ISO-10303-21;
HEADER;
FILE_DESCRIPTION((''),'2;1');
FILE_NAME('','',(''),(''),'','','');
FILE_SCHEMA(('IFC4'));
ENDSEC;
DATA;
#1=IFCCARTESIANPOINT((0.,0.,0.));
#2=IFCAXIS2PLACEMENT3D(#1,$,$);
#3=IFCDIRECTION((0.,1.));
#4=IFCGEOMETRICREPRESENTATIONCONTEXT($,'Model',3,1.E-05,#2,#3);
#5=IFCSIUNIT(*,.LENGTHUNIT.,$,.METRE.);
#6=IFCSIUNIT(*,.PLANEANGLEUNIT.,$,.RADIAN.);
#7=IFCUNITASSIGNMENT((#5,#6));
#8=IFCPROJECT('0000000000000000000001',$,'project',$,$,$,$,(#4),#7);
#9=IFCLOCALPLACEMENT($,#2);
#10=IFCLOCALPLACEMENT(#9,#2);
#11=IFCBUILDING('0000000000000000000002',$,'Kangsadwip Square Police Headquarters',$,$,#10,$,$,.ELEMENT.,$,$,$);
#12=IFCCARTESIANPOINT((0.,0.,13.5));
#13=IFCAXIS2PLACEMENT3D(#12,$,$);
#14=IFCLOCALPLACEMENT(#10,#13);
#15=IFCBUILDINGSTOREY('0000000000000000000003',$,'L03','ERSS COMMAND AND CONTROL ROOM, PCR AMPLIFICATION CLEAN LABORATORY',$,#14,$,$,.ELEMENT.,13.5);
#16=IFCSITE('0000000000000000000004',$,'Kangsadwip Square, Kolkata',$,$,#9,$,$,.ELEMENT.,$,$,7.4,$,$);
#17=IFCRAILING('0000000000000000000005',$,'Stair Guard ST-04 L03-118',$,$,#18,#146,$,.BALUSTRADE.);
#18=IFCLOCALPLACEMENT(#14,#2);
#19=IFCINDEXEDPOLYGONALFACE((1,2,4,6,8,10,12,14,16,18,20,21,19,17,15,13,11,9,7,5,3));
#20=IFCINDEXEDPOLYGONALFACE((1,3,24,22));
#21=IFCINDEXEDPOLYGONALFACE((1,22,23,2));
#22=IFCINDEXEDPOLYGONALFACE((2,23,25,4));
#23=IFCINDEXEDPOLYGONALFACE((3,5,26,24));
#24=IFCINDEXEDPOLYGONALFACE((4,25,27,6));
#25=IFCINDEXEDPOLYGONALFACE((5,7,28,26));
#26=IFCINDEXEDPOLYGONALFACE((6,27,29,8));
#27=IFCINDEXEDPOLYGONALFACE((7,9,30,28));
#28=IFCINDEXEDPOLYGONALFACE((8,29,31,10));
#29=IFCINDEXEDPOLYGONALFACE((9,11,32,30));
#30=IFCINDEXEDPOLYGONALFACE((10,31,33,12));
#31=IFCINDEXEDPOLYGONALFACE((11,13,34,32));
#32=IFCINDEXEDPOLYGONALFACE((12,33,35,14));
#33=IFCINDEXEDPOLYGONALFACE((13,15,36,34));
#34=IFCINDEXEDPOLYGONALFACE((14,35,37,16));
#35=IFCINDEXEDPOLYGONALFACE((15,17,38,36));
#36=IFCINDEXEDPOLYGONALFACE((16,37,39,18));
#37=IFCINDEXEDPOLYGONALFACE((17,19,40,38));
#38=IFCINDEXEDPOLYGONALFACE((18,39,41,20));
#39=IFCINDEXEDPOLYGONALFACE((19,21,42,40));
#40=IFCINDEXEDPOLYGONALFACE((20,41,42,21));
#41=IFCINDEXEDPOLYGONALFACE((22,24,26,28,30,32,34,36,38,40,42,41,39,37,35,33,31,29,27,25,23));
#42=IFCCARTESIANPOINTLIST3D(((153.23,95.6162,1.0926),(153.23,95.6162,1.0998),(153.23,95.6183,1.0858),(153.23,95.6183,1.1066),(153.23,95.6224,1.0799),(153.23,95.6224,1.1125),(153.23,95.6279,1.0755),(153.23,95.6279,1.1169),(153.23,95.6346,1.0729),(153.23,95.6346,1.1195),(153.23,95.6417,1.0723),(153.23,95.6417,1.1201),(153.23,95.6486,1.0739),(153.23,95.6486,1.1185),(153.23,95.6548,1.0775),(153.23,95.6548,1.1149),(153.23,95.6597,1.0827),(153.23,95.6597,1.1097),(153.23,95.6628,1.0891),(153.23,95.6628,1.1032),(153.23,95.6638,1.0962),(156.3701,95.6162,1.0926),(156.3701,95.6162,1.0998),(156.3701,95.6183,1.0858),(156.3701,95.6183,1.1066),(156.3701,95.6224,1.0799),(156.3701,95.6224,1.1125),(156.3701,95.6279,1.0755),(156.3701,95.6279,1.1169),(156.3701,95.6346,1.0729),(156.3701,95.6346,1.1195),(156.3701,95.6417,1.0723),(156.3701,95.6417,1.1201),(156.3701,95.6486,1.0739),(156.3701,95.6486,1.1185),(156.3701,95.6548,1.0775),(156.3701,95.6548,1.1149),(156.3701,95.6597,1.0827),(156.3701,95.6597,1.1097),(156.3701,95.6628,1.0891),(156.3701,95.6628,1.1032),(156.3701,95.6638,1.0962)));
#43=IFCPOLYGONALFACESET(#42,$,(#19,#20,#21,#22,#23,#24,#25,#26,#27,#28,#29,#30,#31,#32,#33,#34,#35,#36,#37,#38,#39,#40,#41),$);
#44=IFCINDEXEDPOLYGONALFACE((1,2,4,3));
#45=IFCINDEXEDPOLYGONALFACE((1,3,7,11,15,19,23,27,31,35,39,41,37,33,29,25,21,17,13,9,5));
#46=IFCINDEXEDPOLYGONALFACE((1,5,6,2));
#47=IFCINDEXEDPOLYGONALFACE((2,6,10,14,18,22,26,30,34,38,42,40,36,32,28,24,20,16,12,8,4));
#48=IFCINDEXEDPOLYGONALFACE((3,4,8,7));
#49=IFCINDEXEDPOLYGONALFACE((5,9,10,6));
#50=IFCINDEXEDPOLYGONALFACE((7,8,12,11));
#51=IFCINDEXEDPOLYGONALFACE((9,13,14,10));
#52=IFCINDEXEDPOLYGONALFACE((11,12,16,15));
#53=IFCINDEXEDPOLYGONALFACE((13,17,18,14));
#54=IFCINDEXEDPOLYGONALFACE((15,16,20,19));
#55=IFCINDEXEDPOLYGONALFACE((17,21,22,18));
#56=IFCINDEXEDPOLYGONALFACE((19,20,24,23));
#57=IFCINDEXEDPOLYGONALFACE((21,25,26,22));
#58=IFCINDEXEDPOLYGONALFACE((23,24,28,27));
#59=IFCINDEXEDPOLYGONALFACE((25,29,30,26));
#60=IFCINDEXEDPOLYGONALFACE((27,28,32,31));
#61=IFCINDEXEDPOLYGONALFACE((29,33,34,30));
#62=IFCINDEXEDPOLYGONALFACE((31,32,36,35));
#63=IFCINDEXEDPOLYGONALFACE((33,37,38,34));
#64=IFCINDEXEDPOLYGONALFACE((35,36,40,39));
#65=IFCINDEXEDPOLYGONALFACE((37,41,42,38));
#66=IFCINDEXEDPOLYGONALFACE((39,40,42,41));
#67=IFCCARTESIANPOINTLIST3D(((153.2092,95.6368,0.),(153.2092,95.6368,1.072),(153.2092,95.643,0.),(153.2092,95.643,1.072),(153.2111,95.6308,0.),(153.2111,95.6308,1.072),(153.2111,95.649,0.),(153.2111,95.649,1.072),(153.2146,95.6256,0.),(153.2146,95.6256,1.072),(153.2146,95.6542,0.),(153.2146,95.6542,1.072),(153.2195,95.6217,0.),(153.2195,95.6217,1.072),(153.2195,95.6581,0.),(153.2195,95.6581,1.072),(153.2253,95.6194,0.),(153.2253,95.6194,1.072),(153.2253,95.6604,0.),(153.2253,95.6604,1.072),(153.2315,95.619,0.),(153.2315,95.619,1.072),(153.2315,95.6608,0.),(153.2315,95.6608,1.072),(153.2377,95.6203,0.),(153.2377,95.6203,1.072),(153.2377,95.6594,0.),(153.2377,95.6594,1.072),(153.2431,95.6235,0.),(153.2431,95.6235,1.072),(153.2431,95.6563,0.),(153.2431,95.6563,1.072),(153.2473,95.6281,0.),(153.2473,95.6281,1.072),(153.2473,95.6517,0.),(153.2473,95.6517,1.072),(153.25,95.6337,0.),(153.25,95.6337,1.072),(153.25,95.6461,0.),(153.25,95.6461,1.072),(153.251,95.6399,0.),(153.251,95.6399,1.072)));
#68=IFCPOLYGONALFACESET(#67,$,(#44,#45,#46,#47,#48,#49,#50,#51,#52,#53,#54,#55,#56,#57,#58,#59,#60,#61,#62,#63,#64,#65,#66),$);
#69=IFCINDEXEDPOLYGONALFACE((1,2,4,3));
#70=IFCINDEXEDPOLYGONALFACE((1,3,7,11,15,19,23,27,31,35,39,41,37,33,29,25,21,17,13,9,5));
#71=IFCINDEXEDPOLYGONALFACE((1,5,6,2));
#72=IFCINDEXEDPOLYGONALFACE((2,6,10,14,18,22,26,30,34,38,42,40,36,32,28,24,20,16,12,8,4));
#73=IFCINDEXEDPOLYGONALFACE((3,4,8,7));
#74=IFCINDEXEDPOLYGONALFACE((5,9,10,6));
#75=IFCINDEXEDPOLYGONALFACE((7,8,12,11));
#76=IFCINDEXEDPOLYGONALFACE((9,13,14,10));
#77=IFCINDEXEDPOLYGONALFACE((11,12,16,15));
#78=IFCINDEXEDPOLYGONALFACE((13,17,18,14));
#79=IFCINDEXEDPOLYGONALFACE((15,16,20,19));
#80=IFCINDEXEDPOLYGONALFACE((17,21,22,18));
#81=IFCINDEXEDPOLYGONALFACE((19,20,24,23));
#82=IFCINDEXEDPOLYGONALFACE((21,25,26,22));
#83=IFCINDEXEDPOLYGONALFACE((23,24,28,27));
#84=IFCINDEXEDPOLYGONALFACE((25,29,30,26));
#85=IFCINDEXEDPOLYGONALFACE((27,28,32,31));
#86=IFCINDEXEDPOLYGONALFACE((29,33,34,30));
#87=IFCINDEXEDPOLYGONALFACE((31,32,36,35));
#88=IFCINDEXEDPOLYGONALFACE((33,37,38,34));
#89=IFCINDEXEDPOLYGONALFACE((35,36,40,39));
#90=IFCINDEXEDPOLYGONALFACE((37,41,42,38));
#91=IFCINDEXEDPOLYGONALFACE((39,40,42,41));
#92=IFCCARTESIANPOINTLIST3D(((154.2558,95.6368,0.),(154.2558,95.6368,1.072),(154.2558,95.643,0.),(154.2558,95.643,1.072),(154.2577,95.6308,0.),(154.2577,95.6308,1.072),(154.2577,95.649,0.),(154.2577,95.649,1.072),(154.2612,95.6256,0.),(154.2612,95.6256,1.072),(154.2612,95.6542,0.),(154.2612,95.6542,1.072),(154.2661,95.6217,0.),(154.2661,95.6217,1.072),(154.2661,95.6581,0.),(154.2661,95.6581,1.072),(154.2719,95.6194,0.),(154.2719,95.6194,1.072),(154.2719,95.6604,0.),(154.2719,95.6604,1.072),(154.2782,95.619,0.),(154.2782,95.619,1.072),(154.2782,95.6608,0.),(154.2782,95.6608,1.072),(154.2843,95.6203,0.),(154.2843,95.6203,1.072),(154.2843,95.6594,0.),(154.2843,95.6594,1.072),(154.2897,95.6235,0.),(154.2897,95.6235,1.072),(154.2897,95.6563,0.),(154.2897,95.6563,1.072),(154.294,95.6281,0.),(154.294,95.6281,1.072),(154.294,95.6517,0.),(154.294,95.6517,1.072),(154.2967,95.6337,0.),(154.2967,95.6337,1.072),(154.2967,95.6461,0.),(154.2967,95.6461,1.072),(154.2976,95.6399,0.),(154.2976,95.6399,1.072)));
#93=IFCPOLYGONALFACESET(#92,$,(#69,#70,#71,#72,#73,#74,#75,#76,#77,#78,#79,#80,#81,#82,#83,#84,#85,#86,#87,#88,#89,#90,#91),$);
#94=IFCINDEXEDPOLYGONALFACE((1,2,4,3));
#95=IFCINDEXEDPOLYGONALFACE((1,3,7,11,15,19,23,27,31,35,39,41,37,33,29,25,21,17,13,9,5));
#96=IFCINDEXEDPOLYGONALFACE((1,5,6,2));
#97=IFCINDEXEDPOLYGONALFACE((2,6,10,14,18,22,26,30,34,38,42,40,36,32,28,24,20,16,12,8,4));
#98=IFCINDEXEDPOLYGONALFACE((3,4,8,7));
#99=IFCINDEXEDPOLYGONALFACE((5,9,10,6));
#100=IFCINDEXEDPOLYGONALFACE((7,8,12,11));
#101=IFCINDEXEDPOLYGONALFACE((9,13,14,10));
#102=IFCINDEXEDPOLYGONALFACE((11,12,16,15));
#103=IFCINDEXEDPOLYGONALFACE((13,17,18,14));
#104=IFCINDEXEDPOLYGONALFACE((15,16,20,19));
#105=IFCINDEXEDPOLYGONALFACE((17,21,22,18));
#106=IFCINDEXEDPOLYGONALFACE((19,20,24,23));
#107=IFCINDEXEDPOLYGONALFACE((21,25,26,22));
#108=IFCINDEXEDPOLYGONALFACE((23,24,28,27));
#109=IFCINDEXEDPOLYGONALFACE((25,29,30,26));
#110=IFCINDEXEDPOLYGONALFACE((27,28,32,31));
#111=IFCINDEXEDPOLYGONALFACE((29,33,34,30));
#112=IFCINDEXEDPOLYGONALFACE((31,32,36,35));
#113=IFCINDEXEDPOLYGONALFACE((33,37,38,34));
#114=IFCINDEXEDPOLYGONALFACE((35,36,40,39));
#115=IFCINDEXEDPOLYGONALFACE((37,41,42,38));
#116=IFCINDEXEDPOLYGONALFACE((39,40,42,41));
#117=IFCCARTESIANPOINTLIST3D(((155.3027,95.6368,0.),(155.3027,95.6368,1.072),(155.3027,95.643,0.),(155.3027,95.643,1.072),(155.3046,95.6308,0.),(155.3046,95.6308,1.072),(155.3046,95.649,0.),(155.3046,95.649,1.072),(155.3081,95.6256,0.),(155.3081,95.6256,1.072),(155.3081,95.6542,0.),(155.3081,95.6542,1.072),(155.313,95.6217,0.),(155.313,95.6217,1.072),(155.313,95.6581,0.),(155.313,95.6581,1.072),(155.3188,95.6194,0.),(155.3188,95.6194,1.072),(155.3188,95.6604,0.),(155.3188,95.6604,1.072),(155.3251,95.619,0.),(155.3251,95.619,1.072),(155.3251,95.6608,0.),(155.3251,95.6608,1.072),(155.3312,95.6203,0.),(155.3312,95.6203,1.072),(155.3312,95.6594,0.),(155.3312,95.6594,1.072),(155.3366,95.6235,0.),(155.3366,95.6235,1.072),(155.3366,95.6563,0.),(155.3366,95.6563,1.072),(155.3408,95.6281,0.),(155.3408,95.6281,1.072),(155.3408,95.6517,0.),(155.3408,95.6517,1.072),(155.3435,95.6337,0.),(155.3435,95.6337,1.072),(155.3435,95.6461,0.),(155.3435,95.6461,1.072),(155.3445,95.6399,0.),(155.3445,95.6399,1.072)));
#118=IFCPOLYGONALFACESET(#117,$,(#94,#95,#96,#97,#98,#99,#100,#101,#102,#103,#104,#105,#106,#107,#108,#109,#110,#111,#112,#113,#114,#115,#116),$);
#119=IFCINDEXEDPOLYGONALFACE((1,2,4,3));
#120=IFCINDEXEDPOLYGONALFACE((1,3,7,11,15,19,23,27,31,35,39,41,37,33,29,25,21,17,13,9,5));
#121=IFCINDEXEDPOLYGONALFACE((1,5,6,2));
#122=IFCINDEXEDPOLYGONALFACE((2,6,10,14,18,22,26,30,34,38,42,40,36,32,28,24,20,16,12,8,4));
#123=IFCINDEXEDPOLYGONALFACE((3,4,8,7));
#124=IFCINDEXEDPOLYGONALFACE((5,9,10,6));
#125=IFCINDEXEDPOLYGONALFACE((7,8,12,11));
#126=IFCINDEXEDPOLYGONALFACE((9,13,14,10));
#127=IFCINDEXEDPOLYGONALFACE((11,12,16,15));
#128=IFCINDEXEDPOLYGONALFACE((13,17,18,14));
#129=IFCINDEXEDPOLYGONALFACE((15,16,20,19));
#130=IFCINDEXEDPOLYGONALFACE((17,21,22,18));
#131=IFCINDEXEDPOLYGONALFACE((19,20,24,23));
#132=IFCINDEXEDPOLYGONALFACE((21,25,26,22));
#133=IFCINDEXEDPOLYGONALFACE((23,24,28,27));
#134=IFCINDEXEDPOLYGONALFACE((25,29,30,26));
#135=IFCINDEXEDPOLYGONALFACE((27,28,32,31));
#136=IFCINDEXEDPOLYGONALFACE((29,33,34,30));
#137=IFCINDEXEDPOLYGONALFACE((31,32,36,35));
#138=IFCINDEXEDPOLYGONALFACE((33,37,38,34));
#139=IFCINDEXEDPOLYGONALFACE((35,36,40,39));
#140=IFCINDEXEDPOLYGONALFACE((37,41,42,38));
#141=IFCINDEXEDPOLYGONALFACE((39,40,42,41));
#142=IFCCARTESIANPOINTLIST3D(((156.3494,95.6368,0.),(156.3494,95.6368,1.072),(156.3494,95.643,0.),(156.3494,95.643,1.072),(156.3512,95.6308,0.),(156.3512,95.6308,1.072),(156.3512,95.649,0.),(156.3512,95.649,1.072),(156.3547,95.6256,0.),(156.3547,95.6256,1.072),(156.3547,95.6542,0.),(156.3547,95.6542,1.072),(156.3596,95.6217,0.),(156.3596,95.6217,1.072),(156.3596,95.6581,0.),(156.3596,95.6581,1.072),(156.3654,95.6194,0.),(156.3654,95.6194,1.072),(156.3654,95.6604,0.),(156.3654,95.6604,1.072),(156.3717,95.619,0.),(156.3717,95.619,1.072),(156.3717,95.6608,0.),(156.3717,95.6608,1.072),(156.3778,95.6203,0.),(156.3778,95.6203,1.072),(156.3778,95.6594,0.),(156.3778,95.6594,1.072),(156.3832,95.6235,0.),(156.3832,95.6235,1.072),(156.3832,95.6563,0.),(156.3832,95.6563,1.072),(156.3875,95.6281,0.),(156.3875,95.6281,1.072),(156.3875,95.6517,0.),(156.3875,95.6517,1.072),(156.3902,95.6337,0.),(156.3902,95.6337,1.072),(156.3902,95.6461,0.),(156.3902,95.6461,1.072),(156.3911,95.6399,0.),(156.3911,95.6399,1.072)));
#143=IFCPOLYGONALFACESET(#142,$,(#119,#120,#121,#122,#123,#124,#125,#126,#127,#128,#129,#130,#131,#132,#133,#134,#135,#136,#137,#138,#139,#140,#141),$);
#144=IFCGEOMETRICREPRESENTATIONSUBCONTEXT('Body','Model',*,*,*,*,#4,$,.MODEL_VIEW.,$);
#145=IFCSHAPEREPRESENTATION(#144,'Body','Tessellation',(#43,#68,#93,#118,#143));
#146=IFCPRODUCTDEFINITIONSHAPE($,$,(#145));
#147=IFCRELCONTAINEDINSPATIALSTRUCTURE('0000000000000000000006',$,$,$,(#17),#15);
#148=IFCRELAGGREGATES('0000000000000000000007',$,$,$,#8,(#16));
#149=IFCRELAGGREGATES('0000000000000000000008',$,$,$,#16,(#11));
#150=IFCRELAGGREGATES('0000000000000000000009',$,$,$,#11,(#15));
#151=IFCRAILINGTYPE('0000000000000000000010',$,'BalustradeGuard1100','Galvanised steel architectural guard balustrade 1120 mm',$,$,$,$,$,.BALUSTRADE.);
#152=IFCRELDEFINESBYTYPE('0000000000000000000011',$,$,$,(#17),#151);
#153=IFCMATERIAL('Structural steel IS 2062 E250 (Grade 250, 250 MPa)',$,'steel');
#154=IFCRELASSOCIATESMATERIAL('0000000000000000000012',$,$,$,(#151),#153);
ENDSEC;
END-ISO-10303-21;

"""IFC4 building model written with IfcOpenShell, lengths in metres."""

from ifc_helpers import new_model, si_unit, direction, frame, origin, origin_2d, place, context, subcontext, project, spatial, circle, extrude, material, type_object, element, save


model = new_model("IFC4")

# Units and contexts
model_context = context("Model", 3, precision=1e-05, world=origin(), true_north=direction((0.0, 1.0)))
body_context = subcontext(model_context, "Body", "Model", "MODEL_VIEW")
ifc_project = project(units=[si_unit("LENGTHUNIT", "METRE"), si_unit("PLANEANGLEUNIT", "RADIAN")], contexts=[model_context])

# Site, building, storey
site_placement = place(None, origin())
site = spatial("IfcSite", under=ifc_project, at=site_placement, Name="Kangsadwip Square, Kolkata", CompositionType="ELEMENT", RefElevation=7.4)
building_placement = place(site_placement, origin())
building = spatial("IfcBuilding", under=site, at=building_placement, Name="Kangsadwip Square Police Headquarters", CompositionType="ELEMENT")
storey_placement = place(building_placement, frame((0.0, 0.0, 13.5)))
storey = spatial("IfcBuildingStorey", under=building, at=storey_placement, Name="L03", Description="ERSS COMMAND AND CONTROL ROOM, PCR AMPLIFICATION CLEAN LABORATORY", CompositionType="ELEMENT", Elevation=13.5)

# Railing
ifc_material_1 = material(Name="Structural steel IS 2062 E250 (Grade 250, 250 MPa)", Category="steel")
railing_type_1 = type_object("IfcRailingType", Name="BalustradeGuard1100", Description="Galvanised steel architectural guard balustrade 1120 mm", PredefinedType="BALUSTRADE", material=ifc_material_1)
for number, where, name in (
    (1, (153.23, 95.6399, 0.0), "Stair Guard ST-04 L03-118"),
):
    element("IfcRailing", number, at=place(storey_placement, frame(where)), inside=storey, type_object=railing_type_1, Name=name, PredefinedType="BALUSTRADE", context=body_context, shape_type="SweptSolid", body=[
        extrude(circle(Radius=0.0239, at=origin_2d()), frame((0.0, 0.0, 1.0962), z_axis=(1.0, 0.0, 0.0), x_axis=(0.0, 1.0, 0.0)), (0.0, 0.0, 1.0), 3.1401),
        extrude(circle(Radius=0.021, at=origin_2d()), origin(), (0.0, 0.0, 1.0), 1.072),
        extrude(circle(Radius=0.021, at=origin_2d()), frame((1.0466, 0.0, 0.0)), (0.0, 0.0, 1.0), 1.072),
        extrude(circle(Radius=0.021, at=origin_2d()), frame((2.0935, 0.0, 0.0)), (0.0, 0.0, 1.0), 1.072),
        extrude(circle(Radius=0.021, at=origin_2d()), frame((3.1401, 0.0, 0.0)), (0.0, 0.0, 1.0), 1.072),
    ])

save(model, "model.ifc")
